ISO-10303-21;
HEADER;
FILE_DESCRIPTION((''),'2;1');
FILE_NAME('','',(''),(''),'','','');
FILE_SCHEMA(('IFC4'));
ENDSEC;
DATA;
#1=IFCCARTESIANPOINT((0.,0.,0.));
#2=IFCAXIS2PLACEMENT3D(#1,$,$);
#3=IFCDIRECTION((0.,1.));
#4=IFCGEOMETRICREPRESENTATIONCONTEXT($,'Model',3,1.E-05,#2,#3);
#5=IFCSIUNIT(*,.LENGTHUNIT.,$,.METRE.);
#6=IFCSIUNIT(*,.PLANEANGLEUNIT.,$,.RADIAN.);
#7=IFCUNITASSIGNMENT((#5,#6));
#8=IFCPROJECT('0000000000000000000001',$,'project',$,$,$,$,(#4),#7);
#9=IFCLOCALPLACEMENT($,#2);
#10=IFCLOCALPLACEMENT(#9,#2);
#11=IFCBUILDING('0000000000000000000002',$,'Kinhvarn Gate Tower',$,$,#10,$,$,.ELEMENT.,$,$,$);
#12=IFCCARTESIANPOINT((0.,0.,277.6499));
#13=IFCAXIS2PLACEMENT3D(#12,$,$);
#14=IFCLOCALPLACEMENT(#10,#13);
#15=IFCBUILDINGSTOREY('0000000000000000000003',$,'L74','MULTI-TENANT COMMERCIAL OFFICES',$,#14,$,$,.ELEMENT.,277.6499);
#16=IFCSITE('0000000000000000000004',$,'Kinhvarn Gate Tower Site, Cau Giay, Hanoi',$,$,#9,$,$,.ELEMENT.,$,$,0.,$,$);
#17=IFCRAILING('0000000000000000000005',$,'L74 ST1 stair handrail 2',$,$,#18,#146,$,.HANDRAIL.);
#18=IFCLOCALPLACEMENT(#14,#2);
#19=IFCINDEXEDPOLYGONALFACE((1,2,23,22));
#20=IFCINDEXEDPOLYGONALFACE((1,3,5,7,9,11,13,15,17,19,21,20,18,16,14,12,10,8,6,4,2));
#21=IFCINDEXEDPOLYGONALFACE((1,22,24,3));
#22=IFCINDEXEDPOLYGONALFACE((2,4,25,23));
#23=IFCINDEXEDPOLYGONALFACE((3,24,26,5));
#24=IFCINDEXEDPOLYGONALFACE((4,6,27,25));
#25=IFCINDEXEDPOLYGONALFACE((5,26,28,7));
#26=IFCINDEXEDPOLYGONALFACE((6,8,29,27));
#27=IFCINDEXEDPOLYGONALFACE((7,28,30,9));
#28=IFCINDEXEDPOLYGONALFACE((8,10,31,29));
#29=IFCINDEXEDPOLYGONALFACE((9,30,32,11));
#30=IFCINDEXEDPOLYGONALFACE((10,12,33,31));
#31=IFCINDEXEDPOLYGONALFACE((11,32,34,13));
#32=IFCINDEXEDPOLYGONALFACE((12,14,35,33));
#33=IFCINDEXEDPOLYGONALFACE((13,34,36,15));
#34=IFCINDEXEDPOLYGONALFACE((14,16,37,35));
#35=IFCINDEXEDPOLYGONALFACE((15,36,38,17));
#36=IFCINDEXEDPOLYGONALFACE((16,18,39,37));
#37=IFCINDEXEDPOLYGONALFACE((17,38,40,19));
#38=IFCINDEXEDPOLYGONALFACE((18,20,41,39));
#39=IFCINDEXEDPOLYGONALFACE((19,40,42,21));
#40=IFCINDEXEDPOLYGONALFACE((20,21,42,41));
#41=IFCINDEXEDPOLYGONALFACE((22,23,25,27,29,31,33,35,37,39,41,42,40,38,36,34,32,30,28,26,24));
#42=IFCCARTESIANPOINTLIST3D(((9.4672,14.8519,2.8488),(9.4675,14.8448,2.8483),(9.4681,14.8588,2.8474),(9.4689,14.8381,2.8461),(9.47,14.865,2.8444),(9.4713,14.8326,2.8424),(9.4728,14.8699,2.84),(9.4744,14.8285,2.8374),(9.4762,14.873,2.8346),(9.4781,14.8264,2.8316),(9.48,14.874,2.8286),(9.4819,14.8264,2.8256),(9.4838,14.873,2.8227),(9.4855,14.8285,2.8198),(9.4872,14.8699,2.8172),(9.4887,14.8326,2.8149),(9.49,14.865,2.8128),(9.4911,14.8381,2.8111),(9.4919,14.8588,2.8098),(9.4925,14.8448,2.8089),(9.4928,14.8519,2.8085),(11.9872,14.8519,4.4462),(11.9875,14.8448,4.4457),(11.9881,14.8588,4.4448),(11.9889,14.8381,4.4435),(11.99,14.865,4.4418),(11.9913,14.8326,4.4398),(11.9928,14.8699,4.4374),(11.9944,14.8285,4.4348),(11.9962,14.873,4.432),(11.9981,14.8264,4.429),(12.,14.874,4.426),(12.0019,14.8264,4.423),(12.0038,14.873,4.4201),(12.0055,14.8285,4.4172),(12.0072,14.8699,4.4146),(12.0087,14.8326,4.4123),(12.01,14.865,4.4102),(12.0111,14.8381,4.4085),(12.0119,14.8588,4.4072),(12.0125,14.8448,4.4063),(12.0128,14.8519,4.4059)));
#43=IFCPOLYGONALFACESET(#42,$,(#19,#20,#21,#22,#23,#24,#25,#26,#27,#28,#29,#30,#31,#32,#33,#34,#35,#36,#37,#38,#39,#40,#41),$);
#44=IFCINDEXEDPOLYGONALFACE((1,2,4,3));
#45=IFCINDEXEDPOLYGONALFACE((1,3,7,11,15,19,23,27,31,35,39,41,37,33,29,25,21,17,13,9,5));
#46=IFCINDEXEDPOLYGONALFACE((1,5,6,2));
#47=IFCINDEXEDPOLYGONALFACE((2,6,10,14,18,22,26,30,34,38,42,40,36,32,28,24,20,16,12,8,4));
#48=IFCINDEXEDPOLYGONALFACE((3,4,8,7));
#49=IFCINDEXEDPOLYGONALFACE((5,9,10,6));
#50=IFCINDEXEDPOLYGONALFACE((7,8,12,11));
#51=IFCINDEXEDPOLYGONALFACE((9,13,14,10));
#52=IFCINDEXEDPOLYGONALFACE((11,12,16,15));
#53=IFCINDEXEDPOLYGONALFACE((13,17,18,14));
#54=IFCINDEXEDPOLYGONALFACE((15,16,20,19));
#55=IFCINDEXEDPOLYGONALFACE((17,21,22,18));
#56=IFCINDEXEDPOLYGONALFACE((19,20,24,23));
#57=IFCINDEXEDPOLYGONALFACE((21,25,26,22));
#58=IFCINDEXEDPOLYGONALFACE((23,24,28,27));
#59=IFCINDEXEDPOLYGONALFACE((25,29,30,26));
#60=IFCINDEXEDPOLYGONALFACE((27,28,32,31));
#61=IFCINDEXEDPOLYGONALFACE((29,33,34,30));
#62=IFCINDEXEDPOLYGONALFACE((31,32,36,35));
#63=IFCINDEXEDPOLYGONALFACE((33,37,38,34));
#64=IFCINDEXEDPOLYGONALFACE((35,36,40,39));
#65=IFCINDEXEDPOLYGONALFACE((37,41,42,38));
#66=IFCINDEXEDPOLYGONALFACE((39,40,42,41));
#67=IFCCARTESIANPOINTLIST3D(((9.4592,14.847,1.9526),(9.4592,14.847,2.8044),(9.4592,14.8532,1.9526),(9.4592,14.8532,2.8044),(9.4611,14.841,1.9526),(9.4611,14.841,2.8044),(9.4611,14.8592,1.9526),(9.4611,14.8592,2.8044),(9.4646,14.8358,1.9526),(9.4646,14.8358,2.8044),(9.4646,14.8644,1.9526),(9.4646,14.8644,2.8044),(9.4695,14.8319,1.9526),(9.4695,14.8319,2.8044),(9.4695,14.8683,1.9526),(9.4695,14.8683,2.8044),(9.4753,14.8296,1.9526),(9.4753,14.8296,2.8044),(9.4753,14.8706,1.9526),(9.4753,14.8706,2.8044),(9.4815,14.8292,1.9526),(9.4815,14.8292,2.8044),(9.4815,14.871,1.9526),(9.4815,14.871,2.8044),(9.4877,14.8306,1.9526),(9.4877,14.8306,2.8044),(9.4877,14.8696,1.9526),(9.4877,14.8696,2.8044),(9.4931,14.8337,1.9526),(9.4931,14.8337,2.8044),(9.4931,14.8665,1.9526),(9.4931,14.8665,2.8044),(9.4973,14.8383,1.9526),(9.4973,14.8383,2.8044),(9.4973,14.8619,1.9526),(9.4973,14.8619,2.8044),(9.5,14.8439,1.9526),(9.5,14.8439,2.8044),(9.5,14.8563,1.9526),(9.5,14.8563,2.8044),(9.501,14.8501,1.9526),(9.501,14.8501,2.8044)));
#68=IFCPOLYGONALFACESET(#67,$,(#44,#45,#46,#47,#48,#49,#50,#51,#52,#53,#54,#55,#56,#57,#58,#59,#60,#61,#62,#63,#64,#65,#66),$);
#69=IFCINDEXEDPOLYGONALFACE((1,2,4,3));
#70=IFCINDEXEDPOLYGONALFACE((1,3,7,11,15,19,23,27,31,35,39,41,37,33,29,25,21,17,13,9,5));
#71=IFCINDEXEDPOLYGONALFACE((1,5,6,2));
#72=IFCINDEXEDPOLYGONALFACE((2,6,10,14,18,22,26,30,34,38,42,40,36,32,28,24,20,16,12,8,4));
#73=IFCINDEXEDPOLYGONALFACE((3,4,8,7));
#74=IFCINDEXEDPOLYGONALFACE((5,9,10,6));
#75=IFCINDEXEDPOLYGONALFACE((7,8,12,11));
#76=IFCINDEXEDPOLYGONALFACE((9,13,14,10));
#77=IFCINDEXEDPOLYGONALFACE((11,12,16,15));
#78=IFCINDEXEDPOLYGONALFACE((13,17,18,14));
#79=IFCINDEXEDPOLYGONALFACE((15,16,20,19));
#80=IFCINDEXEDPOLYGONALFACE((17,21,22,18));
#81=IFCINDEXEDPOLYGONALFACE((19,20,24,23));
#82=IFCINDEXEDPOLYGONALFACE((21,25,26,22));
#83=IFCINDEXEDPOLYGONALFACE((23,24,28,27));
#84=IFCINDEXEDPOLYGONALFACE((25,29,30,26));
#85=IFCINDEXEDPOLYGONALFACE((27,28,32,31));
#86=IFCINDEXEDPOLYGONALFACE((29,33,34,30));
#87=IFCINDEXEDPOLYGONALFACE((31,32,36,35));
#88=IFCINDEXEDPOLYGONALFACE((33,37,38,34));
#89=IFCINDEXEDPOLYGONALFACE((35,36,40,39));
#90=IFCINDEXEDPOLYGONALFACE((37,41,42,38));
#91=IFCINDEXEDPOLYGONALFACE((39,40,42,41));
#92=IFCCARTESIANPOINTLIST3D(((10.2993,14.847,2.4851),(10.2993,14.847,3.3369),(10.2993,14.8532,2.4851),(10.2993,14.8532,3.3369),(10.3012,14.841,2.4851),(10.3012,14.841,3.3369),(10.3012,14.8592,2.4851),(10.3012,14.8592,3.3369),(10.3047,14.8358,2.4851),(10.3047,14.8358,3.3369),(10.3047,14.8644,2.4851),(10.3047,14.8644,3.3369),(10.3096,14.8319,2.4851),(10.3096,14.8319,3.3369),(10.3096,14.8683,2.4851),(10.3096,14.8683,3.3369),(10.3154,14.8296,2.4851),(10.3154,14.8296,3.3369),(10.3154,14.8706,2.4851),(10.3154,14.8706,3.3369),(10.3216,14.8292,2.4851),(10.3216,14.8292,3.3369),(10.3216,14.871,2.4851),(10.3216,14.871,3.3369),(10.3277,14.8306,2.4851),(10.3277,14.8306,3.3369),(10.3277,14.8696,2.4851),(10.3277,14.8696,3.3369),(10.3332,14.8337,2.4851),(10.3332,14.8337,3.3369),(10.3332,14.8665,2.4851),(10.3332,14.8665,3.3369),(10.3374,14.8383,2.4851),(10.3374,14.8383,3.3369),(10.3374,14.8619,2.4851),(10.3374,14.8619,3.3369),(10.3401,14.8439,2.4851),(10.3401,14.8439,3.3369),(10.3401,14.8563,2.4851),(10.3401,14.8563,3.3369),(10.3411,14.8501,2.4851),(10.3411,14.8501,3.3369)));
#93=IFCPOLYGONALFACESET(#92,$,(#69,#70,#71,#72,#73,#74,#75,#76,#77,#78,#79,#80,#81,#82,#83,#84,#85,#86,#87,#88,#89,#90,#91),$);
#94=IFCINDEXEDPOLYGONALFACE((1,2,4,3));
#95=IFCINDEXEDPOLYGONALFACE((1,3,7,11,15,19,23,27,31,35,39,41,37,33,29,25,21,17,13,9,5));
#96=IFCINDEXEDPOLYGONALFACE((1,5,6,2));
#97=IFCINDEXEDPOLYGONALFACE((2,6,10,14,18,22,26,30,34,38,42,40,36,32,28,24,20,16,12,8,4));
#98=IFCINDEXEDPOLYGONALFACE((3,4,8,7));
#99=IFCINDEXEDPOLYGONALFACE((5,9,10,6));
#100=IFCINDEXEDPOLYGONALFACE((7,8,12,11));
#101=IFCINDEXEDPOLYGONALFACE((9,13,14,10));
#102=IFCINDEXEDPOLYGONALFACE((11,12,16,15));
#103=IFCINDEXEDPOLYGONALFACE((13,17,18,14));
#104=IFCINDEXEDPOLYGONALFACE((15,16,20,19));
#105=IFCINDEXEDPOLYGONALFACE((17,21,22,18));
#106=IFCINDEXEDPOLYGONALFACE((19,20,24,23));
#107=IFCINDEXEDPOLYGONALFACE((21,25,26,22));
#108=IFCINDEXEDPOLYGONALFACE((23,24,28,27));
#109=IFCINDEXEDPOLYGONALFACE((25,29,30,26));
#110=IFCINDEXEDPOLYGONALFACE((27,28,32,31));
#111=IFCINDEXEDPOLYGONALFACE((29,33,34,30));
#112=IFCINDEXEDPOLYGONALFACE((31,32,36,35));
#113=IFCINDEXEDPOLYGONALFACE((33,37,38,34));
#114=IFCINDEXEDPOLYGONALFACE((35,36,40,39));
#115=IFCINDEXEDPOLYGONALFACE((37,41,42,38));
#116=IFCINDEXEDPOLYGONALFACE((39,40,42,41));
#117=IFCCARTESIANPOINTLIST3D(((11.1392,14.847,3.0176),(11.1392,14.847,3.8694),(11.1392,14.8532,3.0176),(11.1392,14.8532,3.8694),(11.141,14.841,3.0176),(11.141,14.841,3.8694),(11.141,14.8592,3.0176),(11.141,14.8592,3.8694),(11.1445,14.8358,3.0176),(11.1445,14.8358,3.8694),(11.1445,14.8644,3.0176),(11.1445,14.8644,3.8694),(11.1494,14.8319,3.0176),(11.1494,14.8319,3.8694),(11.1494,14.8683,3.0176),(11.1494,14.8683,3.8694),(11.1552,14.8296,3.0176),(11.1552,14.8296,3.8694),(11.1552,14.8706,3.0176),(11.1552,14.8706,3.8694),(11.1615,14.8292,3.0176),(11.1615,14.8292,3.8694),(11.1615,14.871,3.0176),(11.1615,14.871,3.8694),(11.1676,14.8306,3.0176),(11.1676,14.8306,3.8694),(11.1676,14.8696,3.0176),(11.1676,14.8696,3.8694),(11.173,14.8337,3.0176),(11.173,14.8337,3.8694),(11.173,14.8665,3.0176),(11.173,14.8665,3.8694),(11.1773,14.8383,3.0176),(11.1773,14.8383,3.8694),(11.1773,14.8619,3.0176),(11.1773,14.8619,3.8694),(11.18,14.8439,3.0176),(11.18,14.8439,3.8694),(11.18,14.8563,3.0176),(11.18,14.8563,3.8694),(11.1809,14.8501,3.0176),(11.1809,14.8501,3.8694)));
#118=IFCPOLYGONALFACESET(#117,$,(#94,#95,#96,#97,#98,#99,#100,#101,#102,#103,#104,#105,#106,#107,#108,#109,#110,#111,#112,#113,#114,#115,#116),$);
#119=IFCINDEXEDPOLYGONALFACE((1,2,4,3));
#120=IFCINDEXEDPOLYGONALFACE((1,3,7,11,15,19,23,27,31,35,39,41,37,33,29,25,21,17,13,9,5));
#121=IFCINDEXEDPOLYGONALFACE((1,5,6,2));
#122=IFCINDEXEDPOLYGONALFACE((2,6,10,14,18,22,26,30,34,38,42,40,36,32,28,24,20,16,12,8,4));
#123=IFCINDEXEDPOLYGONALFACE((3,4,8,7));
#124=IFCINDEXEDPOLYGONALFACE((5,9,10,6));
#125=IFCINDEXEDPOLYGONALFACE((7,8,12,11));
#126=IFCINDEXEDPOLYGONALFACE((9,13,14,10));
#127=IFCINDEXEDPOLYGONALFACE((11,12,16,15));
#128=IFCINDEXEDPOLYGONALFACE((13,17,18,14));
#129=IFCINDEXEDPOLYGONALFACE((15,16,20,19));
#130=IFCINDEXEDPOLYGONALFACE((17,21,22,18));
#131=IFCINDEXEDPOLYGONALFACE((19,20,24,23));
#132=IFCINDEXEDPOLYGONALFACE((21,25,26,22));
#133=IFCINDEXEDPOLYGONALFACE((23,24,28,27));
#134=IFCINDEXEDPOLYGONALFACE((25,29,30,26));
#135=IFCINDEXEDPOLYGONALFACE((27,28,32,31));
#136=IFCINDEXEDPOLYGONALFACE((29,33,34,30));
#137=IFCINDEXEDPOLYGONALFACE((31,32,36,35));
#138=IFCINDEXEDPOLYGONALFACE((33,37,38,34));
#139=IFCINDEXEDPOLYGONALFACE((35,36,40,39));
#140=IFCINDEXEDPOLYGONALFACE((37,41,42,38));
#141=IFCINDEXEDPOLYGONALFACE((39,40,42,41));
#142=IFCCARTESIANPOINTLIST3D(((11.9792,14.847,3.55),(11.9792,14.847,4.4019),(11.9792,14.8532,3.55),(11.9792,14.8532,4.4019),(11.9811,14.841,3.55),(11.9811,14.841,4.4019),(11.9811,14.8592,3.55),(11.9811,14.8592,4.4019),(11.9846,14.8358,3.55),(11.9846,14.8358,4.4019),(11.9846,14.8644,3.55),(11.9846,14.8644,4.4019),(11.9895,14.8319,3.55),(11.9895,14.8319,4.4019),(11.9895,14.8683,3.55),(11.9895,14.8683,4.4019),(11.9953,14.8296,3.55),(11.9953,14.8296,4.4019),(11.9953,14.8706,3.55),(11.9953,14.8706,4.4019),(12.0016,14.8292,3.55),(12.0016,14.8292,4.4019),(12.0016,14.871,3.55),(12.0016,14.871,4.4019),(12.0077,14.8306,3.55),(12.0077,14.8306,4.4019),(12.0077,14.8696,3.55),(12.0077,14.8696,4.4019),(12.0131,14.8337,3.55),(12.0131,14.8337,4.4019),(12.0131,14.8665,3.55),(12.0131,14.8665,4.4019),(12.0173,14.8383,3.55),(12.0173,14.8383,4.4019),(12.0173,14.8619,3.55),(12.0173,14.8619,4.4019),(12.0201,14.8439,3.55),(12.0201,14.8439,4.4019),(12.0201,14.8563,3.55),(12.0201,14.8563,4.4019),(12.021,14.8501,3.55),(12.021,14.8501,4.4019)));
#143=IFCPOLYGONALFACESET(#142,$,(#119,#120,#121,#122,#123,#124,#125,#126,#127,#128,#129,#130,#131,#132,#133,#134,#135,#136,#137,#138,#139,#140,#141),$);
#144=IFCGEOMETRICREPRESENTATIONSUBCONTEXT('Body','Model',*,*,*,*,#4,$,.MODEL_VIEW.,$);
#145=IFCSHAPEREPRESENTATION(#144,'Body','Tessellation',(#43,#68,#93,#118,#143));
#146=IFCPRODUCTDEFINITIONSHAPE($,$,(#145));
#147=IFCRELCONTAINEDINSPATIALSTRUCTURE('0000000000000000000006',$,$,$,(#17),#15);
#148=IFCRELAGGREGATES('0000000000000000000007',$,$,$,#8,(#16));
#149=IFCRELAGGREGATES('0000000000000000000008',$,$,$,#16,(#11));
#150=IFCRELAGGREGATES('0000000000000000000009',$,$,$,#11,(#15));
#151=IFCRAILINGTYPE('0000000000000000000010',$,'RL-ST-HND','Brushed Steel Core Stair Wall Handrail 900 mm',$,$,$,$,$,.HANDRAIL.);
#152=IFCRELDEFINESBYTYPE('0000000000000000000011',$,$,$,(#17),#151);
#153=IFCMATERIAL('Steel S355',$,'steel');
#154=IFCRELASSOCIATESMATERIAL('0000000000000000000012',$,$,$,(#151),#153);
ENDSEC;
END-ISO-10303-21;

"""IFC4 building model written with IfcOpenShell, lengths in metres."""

from ifc_helpers import new_model, si_unit, direction, frame, origin, origin_2d, place, context, subcontext, project, spatial, circle, extrude, material, type_object, element, save


model = new_model("IFC4")

# Units and contexts
model_context = context("Model", 3, precision=1e-05, world=origin(), true_north=direction((0.0, 1.0)))
body_context = subcontext(model_context, "Body", "Model", "MODEL_VIEW")
ifc_project = project(units=[si_unit("LENGTHUNIT", "METRE"), si_unit("PLANEANGLEUNIT", "RADIAN")], contexts=[model_context])

# Site, building, storey
site_placement = place(None, origin())
site = spatial("IfcSite", under=ifc_project, at=site_placement, Name="Kinhvarn Gate Tower Site, Cau Giay, Hanoi", CompositionType="ELEMENT", RefElevation=0.0)
building_placement = place(site_placement, origin())
building = spatial("IfcBuilding", under=site, at=building_placement, Name="Kinhvarn Gate Tower", CompositionType="ELEMENT")
storey_placement = place(building_placement, frame((0.0, 0.0, 277.6499)))
storey = spatial("IfcBuildingStorey", under=building, at=storey_placement, Name="L74", Description="MULTI-TENANT COMMERCIAL OFFICES", CompositionType="ELEMENT", Elevation=277.6499)

# Shared definitions
ifc_material_1 = material(Name="Steel S355", Category="steel")

# Railing
railing_type_1 = type_object("IfcRailingType", Name="RL-ST-HND", Description="Brushed Steel Core Stair Wall Handrail 900 mm", PredefinedType="HANDRAIL", material=ifc_material_1)
railing_1_placement = place(storey_placement, frame((9.48, 14.8501, 1.9526)))
element("IfcRailing", 1, at=railing_1_placement, inside=storey, type_object=railing_type_1, Name="L74 ST1 stair handrail 2", PredefinedType="HANDRAIL", context=body_context, shape_type="SweptSolid", body=[
    extrude(circle(Radius=0.0239, at=origin_2d()), frame((0.0, 0.0, 0.876), z_axis=(0.844607, 0.0, 0.535387), x_axis=(0.0, 1.0, 0.0)), (0.0, 0.0, 1.0), 2.9836),
    extrude(circle(Radius=0.021, at=origin_2d()), origin(), (0.0, 0.0, 1.0), 0.8518),
    extrude(circle(Radius=0.021, at=origin_2d()), frame((0.8401, 0.0, 0.5325)), (0.0, 0.0, 1.0), 0.8518),
    extrude(circle(Radius=0.021, at=origin_2d()), frame((1.6799, 0.0, 1.0649)), (0.0, 0.0, 1.0), 0.8518),
    extrude(circle(Radius=0.021, at=origin_2d()), frame((2.52, 0.0, 1.5974)), (0.0, 0.0, 1.0), 0.8518),
])

save(model, "model.ifc")
